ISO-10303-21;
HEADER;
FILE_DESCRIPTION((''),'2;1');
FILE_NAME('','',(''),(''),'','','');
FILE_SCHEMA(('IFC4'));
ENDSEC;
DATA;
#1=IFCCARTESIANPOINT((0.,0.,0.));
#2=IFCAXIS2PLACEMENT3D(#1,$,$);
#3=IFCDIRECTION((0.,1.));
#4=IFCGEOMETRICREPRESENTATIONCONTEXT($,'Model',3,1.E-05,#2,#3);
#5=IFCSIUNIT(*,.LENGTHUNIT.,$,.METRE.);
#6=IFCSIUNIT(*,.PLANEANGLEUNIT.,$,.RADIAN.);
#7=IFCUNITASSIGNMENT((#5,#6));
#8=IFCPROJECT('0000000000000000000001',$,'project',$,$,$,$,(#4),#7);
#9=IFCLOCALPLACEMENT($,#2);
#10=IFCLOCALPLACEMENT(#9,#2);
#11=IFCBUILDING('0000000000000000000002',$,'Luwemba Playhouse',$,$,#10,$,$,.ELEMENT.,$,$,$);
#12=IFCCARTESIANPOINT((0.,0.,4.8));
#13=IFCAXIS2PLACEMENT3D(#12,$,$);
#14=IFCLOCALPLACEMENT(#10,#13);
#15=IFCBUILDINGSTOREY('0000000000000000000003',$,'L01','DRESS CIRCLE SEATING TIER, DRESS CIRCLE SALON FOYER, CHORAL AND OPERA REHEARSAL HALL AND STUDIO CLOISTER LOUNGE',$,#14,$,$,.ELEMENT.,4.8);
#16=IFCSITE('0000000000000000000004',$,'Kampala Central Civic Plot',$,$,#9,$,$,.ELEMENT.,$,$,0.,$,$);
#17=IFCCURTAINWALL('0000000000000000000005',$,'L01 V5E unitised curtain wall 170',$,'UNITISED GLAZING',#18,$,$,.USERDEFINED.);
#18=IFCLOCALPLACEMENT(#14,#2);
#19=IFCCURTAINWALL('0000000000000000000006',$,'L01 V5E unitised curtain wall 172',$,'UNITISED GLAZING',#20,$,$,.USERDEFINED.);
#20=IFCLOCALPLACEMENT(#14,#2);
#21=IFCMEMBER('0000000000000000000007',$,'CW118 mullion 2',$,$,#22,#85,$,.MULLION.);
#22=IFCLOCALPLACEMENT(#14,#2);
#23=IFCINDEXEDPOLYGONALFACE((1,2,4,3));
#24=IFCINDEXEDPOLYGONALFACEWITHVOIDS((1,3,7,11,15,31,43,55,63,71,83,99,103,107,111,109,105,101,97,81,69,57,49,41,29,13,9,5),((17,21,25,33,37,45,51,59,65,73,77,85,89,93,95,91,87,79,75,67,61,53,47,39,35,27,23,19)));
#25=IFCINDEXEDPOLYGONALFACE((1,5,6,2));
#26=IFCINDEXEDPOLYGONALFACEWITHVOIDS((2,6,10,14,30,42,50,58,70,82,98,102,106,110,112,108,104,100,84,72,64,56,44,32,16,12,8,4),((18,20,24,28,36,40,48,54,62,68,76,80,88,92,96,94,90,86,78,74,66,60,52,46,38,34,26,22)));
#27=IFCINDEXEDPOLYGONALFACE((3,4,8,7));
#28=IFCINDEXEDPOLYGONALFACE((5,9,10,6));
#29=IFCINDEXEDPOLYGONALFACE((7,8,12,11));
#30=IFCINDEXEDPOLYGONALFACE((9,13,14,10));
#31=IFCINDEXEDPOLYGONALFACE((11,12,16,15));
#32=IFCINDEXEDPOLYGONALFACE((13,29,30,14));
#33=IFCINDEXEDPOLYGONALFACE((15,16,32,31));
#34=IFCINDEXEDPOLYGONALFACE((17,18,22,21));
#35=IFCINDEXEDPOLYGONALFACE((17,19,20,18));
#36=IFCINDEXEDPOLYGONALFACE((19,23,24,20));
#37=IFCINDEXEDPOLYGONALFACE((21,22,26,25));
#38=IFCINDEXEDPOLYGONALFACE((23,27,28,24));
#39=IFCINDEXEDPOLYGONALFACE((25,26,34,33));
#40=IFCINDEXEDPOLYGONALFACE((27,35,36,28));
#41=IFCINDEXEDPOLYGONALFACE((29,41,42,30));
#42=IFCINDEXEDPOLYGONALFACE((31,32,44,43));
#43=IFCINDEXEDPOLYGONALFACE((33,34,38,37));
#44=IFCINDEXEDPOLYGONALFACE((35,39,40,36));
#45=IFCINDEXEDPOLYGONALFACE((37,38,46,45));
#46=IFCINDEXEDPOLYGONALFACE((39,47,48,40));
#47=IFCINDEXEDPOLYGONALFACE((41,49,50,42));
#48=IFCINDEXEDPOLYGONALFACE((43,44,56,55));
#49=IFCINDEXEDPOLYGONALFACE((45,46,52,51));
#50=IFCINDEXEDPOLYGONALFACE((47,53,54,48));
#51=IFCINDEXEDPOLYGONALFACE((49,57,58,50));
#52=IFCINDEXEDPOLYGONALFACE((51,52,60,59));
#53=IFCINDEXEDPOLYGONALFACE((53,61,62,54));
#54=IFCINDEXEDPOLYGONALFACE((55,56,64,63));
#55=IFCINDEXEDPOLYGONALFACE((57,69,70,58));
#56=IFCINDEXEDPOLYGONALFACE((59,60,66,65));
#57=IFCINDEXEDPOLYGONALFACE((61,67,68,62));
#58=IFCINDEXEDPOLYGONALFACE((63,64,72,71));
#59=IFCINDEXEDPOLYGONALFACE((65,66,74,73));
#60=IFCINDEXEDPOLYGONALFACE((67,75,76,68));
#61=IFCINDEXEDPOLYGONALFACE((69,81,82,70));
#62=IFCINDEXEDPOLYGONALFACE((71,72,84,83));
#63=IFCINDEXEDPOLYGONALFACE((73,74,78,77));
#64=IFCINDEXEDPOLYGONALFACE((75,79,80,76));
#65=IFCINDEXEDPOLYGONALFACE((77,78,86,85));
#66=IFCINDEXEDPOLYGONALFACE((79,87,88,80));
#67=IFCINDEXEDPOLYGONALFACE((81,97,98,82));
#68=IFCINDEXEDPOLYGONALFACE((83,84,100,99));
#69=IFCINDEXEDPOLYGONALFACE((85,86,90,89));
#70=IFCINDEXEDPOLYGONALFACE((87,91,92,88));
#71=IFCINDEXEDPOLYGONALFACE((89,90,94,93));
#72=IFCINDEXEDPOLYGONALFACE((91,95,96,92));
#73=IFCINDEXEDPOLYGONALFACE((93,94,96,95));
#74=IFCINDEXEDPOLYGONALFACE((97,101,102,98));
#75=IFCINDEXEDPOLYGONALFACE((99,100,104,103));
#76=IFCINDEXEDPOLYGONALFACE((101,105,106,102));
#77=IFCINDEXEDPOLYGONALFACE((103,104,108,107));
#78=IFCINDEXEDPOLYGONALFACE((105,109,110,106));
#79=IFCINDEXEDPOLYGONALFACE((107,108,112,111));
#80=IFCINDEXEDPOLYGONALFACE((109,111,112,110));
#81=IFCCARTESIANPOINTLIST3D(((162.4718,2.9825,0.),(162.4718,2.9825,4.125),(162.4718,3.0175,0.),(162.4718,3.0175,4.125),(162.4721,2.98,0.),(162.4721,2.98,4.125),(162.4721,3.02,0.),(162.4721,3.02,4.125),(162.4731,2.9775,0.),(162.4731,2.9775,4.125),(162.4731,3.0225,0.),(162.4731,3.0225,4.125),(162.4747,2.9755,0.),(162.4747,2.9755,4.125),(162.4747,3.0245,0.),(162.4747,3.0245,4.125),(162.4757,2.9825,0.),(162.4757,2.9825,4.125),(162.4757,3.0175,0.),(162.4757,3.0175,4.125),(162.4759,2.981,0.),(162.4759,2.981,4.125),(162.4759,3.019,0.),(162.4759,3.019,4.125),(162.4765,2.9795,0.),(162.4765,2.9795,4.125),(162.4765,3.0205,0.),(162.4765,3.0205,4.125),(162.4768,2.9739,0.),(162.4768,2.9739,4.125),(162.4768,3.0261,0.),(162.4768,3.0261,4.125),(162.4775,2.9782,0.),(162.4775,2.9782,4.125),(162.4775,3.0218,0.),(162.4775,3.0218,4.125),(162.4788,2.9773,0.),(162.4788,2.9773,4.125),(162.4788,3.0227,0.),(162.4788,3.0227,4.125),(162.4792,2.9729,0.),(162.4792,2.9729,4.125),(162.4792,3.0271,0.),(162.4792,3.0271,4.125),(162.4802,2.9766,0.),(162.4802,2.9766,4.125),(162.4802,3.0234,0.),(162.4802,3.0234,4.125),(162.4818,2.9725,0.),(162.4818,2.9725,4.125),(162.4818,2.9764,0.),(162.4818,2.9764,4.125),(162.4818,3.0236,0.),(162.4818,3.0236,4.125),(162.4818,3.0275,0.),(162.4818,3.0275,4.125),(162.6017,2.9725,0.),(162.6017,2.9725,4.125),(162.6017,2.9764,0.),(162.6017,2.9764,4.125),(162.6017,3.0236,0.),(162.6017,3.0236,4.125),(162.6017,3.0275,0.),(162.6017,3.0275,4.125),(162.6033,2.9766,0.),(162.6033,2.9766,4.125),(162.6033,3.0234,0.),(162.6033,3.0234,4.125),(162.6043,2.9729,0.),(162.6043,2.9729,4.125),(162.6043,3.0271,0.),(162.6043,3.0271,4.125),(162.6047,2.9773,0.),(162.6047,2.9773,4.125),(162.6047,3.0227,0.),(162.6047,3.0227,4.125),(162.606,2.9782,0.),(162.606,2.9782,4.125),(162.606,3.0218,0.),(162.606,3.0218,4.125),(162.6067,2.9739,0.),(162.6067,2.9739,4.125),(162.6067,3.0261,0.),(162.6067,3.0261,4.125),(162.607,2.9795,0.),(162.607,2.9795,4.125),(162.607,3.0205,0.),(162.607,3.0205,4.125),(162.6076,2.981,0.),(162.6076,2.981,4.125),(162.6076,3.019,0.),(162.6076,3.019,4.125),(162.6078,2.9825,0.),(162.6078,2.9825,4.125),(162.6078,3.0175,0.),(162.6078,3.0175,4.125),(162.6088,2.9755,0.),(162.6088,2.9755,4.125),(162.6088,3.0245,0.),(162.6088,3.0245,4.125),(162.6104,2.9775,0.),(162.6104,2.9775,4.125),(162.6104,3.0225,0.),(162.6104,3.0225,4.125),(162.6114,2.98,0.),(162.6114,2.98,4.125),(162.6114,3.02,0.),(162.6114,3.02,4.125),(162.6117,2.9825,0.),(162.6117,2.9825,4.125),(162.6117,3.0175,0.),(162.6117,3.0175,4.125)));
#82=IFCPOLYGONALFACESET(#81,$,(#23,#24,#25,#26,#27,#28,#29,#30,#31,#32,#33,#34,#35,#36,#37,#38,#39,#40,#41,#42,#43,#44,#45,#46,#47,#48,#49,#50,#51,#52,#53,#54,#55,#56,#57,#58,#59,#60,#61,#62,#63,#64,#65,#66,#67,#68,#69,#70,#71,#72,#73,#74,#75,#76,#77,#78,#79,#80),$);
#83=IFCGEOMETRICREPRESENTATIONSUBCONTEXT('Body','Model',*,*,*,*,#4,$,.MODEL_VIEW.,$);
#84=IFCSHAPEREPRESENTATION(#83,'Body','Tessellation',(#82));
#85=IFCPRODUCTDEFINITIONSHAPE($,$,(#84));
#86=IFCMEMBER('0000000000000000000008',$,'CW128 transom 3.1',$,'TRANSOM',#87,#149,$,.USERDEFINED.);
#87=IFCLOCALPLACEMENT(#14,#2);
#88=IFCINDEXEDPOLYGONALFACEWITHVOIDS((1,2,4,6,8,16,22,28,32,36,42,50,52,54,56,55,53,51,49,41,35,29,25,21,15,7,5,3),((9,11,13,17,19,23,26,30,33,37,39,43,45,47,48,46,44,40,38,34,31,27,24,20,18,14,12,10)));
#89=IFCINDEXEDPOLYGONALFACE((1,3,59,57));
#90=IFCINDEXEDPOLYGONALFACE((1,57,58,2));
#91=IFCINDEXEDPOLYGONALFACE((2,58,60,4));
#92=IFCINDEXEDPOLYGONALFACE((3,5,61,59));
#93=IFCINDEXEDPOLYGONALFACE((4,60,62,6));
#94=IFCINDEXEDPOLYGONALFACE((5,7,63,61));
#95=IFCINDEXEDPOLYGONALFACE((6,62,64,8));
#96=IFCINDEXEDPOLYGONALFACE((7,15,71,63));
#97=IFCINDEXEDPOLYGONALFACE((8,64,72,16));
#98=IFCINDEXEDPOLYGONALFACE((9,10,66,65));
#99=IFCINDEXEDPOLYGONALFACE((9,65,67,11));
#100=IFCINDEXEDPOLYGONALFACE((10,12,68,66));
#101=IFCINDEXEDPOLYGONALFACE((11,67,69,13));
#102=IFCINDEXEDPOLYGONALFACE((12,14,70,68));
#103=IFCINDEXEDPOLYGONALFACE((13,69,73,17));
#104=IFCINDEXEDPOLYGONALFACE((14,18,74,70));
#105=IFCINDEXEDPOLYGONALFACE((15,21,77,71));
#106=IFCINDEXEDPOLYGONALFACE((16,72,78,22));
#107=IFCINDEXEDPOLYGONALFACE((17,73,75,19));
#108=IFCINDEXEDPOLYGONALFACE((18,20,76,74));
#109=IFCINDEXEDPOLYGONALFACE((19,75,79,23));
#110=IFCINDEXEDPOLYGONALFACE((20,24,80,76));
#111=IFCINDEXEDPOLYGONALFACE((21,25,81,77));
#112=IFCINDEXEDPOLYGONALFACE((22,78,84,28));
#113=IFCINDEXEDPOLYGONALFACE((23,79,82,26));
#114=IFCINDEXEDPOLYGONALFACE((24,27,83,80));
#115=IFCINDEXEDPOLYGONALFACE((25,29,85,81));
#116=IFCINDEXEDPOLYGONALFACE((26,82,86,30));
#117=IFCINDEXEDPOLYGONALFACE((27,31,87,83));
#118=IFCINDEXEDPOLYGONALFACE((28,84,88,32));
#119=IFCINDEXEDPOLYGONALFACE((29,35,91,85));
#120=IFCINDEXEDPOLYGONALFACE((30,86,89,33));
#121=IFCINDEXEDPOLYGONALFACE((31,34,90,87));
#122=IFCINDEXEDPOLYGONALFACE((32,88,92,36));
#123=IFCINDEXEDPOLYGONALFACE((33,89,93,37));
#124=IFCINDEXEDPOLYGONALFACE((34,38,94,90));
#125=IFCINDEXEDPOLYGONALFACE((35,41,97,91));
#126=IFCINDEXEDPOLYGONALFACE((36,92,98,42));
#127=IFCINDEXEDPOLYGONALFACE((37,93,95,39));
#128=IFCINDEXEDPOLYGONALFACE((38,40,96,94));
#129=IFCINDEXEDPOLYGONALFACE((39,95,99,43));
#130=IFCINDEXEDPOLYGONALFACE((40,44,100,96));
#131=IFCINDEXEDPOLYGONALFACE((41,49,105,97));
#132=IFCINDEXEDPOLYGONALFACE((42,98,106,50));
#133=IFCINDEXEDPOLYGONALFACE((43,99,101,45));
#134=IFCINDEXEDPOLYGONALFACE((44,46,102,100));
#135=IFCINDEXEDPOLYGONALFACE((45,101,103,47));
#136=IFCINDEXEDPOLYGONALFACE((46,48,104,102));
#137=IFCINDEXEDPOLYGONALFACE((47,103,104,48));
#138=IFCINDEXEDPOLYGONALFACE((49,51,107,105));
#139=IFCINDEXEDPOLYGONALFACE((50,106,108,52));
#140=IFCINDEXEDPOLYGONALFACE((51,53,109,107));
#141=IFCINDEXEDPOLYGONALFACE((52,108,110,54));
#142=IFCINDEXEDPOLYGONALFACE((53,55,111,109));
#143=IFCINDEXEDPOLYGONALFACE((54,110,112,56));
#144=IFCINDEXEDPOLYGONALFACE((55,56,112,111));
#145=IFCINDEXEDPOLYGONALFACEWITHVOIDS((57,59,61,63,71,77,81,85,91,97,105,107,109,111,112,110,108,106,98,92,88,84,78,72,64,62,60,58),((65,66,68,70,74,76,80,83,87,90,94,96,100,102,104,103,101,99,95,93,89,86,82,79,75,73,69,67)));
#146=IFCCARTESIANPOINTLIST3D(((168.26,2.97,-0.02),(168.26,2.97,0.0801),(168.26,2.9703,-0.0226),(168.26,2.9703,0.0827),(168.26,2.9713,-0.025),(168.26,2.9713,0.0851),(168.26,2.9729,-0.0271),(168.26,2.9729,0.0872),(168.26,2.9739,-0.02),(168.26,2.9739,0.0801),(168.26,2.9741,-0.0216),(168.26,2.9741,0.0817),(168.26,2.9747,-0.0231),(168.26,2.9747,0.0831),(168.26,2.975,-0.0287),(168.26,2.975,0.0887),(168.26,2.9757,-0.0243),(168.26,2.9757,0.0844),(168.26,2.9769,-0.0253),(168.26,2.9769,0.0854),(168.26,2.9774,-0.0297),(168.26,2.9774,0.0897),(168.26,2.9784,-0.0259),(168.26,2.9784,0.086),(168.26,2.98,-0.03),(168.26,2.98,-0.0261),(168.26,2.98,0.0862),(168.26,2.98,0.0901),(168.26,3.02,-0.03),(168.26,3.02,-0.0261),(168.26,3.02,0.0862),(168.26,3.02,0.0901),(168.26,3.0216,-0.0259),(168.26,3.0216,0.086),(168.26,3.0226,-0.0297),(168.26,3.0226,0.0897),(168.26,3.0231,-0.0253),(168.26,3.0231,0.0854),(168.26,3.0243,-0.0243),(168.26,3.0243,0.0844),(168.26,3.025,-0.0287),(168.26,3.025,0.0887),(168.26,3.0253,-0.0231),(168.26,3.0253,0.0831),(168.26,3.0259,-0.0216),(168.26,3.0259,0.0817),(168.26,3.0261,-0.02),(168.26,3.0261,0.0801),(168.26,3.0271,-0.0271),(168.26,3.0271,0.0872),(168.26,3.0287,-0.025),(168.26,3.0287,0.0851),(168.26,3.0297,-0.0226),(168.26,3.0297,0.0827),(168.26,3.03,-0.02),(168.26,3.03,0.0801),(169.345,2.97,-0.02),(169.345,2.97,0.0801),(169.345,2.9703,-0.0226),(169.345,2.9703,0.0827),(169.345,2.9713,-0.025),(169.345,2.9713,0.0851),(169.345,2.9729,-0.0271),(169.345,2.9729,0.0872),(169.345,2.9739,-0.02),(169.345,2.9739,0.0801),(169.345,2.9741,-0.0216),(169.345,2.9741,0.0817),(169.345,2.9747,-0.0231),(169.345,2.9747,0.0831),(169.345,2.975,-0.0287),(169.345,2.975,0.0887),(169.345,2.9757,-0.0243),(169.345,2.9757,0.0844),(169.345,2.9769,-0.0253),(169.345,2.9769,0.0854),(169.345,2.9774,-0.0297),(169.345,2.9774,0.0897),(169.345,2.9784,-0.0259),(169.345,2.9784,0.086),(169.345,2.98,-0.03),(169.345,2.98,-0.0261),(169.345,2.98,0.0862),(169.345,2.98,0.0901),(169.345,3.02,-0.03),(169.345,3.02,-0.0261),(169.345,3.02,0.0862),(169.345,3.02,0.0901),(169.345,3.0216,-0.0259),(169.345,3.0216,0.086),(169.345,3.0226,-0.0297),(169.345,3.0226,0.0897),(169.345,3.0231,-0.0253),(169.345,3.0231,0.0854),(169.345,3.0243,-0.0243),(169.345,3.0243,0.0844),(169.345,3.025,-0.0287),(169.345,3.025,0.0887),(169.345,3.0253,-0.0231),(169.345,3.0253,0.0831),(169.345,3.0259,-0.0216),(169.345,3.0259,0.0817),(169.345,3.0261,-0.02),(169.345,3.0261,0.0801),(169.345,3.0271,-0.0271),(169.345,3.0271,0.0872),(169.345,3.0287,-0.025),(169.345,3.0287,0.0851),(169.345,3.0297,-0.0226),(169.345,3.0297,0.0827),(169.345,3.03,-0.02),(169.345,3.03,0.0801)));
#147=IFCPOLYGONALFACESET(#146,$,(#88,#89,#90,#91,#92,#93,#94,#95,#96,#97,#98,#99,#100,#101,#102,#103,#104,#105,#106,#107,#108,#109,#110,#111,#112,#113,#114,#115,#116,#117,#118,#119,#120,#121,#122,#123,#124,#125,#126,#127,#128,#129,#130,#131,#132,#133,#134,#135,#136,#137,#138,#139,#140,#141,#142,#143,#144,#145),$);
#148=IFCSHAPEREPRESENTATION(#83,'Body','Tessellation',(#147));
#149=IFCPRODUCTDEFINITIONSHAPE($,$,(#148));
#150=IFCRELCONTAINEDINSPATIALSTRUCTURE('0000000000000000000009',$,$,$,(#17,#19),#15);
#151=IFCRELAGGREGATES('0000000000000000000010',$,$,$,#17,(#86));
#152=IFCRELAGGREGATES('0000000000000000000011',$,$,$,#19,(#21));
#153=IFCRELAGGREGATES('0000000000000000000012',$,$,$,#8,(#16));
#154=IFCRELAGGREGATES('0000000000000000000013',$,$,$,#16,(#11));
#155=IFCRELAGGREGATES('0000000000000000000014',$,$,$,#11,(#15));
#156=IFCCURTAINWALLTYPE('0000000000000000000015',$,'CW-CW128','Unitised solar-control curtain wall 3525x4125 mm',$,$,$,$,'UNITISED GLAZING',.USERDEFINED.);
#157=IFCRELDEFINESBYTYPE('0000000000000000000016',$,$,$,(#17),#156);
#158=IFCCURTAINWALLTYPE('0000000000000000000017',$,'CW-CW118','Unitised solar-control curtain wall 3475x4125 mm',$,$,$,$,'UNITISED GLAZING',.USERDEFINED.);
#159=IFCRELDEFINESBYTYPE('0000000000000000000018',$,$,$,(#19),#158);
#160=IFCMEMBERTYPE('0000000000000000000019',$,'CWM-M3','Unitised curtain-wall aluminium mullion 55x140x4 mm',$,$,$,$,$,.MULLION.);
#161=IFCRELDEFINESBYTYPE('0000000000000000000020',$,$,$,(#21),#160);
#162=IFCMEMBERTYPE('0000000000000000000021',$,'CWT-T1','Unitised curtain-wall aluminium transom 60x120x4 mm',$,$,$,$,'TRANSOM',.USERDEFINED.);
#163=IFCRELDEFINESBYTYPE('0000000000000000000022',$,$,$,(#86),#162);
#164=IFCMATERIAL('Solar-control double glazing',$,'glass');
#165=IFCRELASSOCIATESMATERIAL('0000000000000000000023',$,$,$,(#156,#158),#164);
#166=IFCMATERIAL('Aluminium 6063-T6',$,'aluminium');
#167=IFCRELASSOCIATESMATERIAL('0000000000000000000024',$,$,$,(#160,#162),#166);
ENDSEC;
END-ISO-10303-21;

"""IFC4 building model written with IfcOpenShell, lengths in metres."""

from ifc_helpers import new_model, si_unit, direction, frame, origin, origin_2d, place, context, subcontext, project, spatial, hollow_rectangle, extrude, material, material_profile, profile_set, type_object, element, aggregate, save


model = new_model("IFC4")

# Units and contexts
model_context = context("Model", 3, precision=1e-05, world=origin(), true_north=direction((0.0, 1.0)))
body_context = subcontext(model_context, "Body", "Model", "MODEL_VIEW")
ifc_project = project(units=[si_unit("LENGTHUNIT", "METRE"), si_unit("PLANEANGLEUNIT", "RADIAN")], contexts=[model_context])

# Site, building, storey
site_placement = place(None, origin())
site = spatial("IfcSite", under=ifc_project, at=site_placement, Name="Kampala Central Civic Plot", CompositionType="ELEMENT", RefElevation=0.0)
building_placement = place(site_placement, origin())
building = spatial("IfcBuilding", under=site, at=building_placement, Name="Luwemba Playhouse", CompositionType="ELEMENT")
storey_placement = place(building_placement, frame((0.0, 0.0, 4.8)))
storey = spatial("IfcBuildingStorey", under=building, at=storey_placement, Name="L01", Description="DRESS CIRCLE SEATING TIER, DRESS CIRCLE SALON FOYER, CHORAL AND OPERA REHEARSAL HALL AND STUDIO CLOISTER LOUNGE", CompositionType="ELEMENT", Elevation=4.8)

# Curtain wall
ifc_material_1 = material(Name="Solar-control double glazing", Category="glass")
curtain_wall_type_1 = type_object("IfcCurtainWallType", Name="CW-CW128", Description="Unitised solar-control curtain wall 3525x4125 mm", ElementType="UNITISED GLAZING", PredefinedType="USERDEFINED", material=ifc_material_1)
curtain_wall_1_placement = place(storey_placement, origin())
curtain_wall_1 = element("IfcCurtainWall", 1, at=curtain_wall_1_placement, inside=storey, type_object=curtain_wall_type_1, Name="L01 V5E unitised curtain wall 170", ObjectType="UNITISED GLAZING", PredefinedType="USERDEFINED")
ifc_material_2 = material(Name="Aluminium 6063-T6", Category="aluminium")

# Curtain wall, member
curtain_wall_type_2 = type_object("IfcCurtainWallType", Name="CW-CW118", Description="Unitised solar-control curtain wall 3475x4125 mm", ElementType="UNITISED GLAZING", PredefinedType="USERDEFINED", material=ifc_material_1)
curtain_wall_2_placement = place(storey_placement, origin())
curtain_wall_2 = element("IfcCurtainWall", 2, at=curtain_wall_2_placement, inside=storey, type_object=curtain_wall_type_2, Name="L01 V5E unitised curtain wall 172", ObjectType="UNITISED GLAZING", PredefinedType="USERDEFINED")
ifc_material_profile_1 = material_profile(ifc_material_2, hollow_rectangle(XDim=0.0549, YDim=0.1399, WallThickness=0.0039, InnerFilletRadius=0.0061, OuterFilletRadius=0.01, at=origin_2d()))
ifc_profile_set_1 = profile_set([ifc_material_profile_1], Name="Aluminium 6063-T6")
member_type_1 = type_object("IfcMemberType", Name="CWM-M3", Description="Unitised curtain-wall aluminium mullion 55x140x4 mm", PredefinedType="MULLION", material=ifc_profile_set_1)
member_1_placement = place(storey_placement, frame((162.5417, 3.0, 0.0), z_axis=(0.0, 0.0, 1.0), x_axis=(0.0, -1.0, 0.0)))
member_1 = element("IfcMember", 3, at=member_1_placement, type_object=member_type_1, Name="CW118 mullion 2", PredefinedType="MULLION", context=body_context, shape_type="SweptSolid", body=[
    extrude(hollow_rectangle(XDim=0.0549, YDim=0.1399, WallThickness=0.0039, InnerFilletRadius=0.0061, OuterFilletRadius=0.01, at=origin_2d()), origin(), (0.0, 0.0, 1.0), 4.125),
])

# Member
ifc_material_profile_2 = material_profile(ifc_material_2, hollow_rectangle(XDim=0.0601, YDim=0.1201, WallThickness=0.0039, InnerFilletRadius=0.0061, OuterFilletRadius=0.01, at=origin_2d()))
ifc_profile_set_2 = profile_set([ifc_material_profile_2], Name="Aluminium 6063-T6")
member_type_2 = type_object("IfcMemberType", Name="CWT-T1", Description="Unitised curtain-wall aluminium transom 60x120x4 mm", ElementType="TRANSOM", PredefinedType="USERDEFINED", material=ifc_profile_set_2)
member_2_placement = place(storey_placement, frame((169.345, 3.0, 0.03), z_axis=(-1.0, 0.0, 0.0), x_axis=(0.0, -1.0, 0.0)))
member_2 = element("IfcMember", 4, at=member_2_placement, type_object=member_type_2, Name="CW128 transom 3.1", ObjectType="TRANSOM", PredefinedType="USERDEFINED", context=body_context, shape_type="SweptSolid", body=[
    extrude(hollow_rectangle(XDim=0.0601, YDim=0.1201, WallThickness=0.0039, InnerFilletRadius=0.0061, OuterFilletRadius=0.01, at=origin_2d()), origin(), (0.0, 0.0, 1.0), 1.085),
])

aggregate(curtain_wall_1, [member_2])
aggregate(curtain_wall_2, [member_1])

save(model, "model.ifc")
